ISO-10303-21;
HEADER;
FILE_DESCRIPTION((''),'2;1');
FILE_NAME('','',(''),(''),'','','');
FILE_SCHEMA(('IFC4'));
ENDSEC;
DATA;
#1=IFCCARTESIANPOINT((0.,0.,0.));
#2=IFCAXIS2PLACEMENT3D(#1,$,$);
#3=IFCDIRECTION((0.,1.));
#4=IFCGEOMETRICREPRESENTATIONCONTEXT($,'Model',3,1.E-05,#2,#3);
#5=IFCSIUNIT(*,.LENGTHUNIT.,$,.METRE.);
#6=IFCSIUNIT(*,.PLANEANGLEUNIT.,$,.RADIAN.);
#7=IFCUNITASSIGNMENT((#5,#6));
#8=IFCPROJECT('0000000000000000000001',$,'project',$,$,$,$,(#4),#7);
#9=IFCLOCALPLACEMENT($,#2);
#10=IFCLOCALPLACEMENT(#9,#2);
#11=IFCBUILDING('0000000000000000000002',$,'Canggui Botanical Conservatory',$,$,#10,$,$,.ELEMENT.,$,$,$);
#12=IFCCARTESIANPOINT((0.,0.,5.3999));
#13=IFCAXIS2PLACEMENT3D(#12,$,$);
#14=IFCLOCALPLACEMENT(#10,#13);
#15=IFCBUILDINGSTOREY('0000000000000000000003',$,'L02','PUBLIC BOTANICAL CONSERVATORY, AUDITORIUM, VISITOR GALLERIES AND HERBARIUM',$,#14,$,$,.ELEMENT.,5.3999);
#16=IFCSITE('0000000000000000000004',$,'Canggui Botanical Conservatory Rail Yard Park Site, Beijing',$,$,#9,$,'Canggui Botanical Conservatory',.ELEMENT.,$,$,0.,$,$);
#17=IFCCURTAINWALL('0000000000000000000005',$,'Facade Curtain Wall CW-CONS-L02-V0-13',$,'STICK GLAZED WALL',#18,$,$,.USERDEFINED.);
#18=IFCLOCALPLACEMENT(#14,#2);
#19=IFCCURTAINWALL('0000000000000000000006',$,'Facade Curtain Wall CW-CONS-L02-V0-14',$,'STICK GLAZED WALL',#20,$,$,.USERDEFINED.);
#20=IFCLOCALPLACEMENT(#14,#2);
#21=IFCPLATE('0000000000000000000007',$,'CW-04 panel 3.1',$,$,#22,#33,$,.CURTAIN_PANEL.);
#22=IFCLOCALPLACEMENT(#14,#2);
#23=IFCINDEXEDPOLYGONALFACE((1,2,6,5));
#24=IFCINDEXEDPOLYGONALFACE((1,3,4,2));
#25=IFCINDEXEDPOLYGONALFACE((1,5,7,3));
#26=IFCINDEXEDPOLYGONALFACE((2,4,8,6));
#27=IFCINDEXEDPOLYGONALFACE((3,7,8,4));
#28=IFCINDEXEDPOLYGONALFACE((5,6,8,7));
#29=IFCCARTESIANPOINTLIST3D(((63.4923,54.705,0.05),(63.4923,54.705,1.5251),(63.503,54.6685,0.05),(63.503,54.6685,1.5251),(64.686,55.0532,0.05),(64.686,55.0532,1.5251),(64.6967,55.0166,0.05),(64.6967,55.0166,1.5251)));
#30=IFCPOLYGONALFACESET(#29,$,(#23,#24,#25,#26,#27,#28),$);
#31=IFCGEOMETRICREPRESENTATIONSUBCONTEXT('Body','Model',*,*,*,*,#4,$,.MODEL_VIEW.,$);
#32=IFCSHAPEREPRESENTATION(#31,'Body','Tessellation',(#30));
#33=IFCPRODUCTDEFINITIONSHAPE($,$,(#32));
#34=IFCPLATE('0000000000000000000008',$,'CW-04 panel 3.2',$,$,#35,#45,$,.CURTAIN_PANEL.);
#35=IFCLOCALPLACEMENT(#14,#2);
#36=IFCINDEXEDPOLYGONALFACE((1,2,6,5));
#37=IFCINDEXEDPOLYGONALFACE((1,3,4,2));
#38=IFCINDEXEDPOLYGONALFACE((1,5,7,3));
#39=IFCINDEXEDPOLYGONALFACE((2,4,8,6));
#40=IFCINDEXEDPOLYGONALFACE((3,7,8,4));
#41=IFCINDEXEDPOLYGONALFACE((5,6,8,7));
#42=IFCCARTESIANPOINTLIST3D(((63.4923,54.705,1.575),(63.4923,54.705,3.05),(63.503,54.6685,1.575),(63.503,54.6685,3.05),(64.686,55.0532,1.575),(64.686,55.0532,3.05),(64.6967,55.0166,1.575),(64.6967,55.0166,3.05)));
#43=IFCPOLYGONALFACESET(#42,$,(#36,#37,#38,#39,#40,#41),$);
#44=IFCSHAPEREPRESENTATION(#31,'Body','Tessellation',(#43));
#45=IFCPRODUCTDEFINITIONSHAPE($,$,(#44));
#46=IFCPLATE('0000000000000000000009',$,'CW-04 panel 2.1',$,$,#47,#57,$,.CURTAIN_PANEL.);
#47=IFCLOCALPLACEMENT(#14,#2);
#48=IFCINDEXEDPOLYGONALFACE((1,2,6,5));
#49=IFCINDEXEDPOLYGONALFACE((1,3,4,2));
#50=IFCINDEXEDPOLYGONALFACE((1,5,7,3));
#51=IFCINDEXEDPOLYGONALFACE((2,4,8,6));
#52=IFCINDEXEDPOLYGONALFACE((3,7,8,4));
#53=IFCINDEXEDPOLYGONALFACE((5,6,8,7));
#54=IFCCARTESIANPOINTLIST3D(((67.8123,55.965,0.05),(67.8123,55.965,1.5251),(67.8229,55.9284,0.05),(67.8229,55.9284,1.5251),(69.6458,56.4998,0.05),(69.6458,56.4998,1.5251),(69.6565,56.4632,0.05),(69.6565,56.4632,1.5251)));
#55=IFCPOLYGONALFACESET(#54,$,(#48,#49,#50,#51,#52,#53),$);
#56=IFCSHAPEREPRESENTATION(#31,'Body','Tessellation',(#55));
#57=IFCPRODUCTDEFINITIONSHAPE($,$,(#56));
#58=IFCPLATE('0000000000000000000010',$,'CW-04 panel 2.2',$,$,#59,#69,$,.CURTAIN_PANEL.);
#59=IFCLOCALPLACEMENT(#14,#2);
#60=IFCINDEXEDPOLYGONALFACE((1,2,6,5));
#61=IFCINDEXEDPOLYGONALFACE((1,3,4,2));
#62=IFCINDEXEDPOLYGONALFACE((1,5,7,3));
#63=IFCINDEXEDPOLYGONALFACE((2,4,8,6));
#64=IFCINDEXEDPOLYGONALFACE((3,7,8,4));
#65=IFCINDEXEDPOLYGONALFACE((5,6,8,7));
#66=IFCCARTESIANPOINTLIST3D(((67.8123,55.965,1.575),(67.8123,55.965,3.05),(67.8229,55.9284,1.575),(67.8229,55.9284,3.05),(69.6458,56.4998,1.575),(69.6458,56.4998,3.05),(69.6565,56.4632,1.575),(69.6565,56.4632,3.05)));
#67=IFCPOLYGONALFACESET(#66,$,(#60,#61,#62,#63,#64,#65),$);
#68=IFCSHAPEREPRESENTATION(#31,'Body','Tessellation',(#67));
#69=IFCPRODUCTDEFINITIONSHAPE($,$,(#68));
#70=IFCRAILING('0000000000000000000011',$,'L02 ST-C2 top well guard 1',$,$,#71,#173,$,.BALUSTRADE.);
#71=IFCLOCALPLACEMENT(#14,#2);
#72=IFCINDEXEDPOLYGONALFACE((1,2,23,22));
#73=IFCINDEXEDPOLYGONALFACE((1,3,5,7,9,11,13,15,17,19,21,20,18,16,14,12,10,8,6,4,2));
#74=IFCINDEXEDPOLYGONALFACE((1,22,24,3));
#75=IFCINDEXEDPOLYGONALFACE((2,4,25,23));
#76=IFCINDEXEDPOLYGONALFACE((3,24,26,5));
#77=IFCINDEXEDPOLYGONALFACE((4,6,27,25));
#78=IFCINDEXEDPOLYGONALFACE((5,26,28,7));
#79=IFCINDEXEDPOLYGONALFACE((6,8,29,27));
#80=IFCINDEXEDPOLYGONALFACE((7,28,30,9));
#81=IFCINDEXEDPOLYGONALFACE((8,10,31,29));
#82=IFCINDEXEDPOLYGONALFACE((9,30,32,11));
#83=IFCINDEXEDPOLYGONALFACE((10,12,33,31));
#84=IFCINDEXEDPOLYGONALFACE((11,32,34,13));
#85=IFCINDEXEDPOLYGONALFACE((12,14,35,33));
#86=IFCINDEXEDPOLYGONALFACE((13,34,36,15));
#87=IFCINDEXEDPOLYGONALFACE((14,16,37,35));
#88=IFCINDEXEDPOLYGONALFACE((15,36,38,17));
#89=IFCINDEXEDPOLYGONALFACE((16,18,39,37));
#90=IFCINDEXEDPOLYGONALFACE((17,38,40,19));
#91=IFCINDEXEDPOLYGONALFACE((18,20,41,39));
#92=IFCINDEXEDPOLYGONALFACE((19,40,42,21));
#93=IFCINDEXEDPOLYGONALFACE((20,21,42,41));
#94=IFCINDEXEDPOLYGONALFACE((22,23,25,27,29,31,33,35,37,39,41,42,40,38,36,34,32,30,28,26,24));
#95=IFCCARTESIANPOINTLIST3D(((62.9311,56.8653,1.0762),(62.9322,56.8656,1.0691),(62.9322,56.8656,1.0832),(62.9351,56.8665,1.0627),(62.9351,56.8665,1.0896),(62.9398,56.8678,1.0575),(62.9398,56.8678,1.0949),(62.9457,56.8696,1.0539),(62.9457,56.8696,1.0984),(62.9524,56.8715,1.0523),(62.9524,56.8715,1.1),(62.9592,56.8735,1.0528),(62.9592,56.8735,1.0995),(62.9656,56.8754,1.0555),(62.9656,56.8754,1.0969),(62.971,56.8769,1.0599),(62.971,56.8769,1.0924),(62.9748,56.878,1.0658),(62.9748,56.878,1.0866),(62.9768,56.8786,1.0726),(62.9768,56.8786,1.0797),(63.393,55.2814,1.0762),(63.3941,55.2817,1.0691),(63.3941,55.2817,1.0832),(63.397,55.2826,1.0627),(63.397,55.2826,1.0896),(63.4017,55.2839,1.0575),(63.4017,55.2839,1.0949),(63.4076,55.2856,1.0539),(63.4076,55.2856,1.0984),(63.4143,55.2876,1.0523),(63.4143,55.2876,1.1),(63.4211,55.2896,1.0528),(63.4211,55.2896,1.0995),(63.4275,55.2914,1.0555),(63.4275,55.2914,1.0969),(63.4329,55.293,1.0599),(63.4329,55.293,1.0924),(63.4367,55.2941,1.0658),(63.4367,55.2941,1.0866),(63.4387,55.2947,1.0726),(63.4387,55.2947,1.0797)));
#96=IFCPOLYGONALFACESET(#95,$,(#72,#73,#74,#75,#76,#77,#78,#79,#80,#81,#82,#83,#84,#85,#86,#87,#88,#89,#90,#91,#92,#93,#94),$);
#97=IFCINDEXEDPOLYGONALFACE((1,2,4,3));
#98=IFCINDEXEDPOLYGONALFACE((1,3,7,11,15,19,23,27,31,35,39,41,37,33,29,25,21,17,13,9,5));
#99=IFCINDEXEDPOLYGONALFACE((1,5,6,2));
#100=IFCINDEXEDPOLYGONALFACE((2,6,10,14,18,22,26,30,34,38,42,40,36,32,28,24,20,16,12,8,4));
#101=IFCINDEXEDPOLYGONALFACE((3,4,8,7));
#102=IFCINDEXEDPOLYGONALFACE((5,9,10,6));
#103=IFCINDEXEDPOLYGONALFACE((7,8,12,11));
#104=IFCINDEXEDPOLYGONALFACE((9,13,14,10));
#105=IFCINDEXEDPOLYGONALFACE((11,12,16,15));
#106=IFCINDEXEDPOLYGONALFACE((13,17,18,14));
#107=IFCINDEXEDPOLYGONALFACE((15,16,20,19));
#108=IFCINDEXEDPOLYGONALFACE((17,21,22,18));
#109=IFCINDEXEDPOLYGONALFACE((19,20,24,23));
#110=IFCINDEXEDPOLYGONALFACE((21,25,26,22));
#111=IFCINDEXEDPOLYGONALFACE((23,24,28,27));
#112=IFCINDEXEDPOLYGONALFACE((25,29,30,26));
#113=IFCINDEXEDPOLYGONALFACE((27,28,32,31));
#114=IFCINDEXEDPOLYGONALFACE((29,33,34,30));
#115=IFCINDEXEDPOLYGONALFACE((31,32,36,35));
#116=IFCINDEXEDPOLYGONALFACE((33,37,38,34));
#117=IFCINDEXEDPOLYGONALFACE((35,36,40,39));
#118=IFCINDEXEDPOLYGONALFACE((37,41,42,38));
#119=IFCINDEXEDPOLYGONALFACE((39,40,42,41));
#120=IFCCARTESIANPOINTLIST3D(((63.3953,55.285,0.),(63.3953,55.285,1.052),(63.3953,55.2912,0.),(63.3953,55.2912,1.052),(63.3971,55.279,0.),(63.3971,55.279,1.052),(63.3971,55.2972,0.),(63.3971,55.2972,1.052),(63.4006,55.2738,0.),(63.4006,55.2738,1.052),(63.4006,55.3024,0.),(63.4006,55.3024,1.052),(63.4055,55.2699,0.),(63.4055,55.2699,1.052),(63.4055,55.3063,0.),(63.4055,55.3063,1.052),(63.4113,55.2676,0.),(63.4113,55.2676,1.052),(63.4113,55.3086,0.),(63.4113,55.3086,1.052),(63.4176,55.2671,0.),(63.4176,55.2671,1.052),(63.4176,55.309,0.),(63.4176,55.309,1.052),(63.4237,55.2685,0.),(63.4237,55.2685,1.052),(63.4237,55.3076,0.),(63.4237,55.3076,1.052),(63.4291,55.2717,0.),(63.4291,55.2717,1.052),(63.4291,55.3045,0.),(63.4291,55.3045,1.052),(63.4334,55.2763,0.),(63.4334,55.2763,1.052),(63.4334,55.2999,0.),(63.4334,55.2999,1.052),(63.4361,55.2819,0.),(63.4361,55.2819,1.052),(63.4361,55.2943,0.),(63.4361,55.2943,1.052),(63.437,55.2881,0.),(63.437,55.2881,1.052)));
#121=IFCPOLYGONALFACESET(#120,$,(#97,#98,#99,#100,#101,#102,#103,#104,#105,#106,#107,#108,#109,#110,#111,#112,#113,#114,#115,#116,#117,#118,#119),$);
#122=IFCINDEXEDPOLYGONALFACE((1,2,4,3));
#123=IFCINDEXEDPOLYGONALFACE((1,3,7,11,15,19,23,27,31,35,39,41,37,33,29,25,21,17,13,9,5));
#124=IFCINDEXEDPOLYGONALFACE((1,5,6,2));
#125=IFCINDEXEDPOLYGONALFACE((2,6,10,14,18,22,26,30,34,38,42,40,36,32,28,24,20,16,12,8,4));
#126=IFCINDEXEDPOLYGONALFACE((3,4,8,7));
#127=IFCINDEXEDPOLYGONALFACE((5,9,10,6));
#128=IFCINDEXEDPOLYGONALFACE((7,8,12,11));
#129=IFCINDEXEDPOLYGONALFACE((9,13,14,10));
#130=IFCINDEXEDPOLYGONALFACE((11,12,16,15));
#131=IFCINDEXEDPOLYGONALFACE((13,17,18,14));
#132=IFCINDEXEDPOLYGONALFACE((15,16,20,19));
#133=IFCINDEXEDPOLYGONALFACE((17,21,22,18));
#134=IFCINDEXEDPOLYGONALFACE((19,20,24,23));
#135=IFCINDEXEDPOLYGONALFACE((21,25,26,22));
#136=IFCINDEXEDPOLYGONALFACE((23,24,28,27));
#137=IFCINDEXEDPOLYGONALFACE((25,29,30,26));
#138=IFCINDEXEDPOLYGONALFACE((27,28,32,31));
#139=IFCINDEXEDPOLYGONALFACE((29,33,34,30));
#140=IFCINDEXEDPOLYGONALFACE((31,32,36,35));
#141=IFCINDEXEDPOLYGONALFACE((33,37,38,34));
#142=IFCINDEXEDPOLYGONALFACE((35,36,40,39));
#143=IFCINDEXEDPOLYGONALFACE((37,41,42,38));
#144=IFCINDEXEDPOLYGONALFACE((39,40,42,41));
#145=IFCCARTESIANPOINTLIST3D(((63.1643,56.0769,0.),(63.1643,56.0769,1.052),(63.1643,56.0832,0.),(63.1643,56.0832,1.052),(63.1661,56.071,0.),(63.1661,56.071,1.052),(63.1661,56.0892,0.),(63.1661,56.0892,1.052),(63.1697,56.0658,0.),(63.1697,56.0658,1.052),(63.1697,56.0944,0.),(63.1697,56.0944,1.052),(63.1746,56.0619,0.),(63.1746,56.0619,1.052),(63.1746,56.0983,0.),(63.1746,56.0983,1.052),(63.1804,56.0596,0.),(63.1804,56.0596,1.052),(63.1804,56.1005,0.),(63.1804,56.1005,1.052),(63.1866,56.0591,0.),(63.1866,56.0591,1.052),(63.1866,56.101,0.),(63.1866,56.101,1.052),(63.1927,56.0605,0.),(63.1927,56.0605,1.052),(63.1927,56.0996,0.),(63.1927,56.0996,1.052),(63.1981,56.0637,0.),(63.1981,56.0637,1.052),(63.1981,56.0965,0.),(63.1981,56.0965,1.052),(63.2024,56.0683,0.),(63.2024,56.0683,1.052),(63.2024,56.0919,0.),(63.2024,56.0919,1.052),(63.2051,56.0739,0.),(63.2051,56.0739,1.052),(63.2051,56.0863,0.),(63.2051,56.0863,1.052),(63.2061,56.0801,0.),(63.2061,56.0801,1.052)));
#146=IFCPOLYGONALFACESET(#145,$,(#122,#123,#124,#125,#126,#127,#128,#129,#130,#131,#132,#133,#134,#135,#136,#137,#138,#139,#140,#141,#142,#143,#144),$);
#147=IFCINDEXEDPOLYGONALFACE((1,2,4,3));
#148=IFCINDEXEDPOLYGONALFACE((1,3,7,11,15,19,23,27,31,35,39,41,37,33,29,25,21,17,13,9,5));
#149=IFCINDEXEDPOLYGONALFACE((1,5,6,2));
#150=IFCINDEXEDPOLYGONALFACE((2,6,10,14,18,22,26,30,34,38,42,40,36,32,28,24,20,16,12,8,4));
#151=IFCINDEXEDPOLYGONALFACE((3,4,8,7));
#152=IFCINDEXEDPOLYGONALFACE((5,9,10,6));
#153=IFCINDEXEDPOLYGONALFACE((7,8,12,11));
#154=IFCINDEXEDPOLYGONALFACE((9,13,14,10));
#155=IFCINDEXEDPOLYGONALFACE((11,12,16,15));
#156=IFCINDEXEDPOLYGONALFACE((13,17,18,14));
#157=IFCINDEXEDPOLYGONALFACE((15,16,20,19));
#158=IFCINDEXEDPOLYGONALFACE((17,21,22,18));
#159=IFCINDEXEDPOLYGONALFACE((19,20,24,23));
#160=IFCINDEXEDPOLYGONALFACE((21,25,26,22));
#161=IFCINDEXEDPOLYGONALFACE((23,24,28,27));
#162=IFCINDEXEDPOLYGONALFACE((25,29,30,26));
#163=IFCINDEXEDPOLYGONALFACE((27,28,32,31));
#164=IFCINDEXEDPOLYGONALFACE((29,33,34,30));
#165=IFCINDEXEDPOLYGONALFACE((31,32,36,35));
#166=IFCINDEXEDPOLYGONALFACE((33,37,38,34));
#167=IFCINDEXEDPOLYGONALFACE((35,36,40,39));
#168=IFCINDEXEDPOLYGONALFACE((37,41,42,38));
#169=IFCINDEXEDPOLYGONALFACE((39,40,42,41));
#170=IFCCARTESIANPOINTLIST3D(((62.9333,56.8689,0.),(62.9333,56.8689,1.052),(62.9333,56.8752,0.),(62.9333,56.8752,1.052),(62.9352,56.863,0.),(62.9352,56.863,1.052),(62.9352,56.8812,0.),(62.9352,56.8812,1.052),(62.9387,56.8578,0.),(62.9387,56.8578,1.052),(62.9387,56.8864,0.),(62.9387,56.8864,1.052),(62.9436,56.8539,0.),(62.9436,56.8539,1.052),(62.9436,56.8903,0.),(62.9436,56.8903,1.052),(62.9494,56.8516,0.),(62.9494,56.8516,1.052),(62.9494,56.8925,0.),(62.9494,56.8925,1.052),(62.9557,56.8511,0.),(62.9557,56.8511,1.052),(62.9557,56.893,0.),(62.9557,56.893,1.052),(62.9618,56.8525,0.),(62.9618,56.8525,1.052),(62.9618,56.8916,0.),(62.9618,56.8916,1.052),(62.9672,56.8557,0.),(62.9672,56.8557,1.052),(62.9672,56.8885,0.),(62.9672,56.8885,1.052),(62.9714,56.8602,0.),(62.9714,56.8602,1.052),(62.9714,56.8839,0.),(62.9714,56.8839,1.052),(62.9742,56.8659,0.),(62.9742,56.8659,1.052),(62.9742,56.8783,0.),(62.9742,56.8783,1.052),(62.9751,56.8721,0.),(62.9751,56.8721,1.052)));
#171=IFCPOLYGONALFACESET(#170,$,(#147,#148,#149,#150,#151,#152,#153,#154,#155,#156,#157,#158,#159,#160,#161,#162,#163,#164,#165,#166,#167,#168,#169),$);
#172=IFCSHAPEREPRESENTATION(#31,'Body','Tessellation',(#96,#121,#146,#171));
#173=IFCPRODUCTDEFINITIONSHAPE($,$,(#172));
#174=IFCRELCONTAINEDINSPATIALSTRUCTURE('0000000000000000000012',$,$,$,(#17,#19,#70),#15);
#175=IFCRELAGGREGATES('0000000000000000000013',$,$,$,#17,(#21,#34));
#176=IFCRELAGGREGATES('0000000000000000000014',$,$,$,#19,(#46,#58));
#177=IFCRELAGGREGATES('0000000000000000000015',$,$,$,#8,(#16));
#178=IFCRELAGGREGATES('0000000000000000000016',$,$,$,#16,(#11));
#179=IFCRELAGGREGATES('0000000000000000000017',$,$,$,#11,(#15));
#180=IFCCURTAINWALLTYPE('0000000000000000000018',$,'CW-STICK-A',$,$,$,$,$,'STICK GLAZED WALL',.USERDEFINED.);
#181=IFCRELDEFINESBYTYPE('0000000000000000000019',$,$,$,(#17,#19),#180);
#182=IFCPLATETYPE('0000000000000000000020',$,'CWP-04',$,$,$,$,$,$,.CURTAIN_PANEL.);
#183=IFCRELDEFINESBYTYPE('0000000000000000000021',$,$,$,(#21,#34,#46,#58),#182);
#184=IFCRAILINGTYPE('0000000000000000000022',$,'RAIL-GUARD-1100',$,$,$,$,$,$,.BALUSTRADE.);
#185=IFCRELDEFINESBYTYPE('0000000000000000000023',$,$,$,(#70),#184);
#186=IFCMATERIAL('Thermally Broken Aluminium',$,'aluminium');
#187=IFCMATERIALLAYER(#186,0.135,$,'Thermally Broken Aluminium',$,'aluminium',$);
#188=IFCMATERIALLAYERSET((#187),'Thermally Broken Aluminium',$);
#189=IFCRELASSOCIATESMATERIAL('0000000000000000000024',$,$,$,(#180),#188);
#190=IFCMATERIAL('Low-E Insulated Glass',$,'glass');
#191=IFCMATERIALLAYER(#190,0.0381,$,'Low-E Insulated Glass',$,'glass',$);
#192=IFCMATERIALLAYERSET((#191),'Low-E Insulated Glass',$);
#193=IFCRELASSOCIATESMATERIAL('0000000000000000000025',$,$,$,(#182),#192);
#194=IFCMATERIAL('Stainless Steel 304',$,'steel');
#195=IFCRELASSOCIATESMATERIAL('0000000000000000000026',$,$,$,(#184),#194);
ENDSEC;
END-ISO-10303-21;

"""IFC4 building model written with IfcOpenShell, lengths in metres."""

from ifc_helpers import new_model, si_unit, direction, frame, origin, origin_2d, place, context, subcontext, project, spatial, rectangle, circle, extrude, material, layer, layer_set, type_object, element, aggregate, save


model = new_model("IFC4")

# Units and contexts
model_context = context("Model", 3, precision=1e-05, world=origin(), true_north=direction((0.0, 1.0)))
body_context = subcontext(model_context, "Body", "Model", "MODEL_VIEW")
ifc_project = project(units=[si_unit("LENGTHUNIT", "METRE"), si_unit("PLANEANGLEUNIT", "RADIAN")], contexts=[model_context])

# Site, building, storey
site_placement = place(None, origin())
site = spatial("IfcSite", under=ifc_project, at=site_placement, Name="Canggui Botanical Conservatory Rail Yard Park Site, Beijing", LongName="Canggui Botanical Conservatory", CompositionType="ELEMENT", RefElevation=0.0)
building_placement = place(site_placement, origin())
building = spatial("IfcBuilding", under=site, at=building_placement, Name="Canggui Botanical Conservatory", CompositionType="ELEMENT")
storey_placement = place(building_placement, frame((0.0, 0.0, 5.3999)))
storey = spatial("IfcBuildingStorey", under=building, at=storey_placement, Name="L02", Description="PUBLIC BOTANICAL CONSERVATORY, AUDITORIUM, VISITOR GALLERIES AND HERBARIUM", CompositionType="ELEMENT", Elevation=5.3999)

# Shared definitions
ifc_material_1 = material(Name="Thermally Broken Aluminium", Category="aluminium")
ifc_layer_1 = layer(ifc_material_1, 0.135, Name="Thermally Broken Aluminium", Category="aluminium")
ifc_layer_set_1 = layer_set([ifc_layer_1], Name="Thermally Broken Aluminium")
curtain_wall_type = type_object("IfcCurtainWallType", Name="CW-STICK-A", ElementType="STICK GLAZED WALL", PredefinedType="USERDEFINED", material=ifc_layer_set_1)

# Curtain wall
curtain_wall_1_placement = place(storey_placement, origin())
curtain_wall_1 = element("IfcCurtainWall", 1, at=curtain_wall_1_placement, inside=storey, type_object=curtain_wall_type, Name="Facade Curtain Wall CW-CONS-L02-V0-13", ObjectType="STICK GLAZED WALL", PredefinedType="USERDEFINED")

# Curtain wall
curtain_wall_2_placement = place(storey_placement, origin())
curtain_wall_2 = element("IfcCurtainWall", 2, at=curtain_wall_2_placement, inside=storey, type_object=curtain_wall_type, Name="Facade Curtain Wall CW-CONS-L02-V0-14", ObjectType="STICK GLAZED WALL", PredefinedType="USERDEFINED")

# Plates
ifc_material_2 = material(Name="Low-E Insulated Glass", Category="glass")
ifc_layer_2 = layer(ifc_material_2, 0.0381, Name="Low-E Insulated Glass", Category="glass")
ifc_layer_set_2 = layer_set([ifc_layer_2], Name="Low-E Insulated Glass")
plate_type = type_object("IfcPlateType", Name="CWP-04", PredefinedType="CURTAIN_PANEL", material=ifc_layer_set_2)
plate_1_placement = place(storey_placement, frame((64.0945, 54.8608, 0.05), z_axis=(0.0, 0.0, 1.0), x_axis=(-0.96, -0.28, 0.0)))
plate_1 = element("IfcPlate", 3, at=plate_1_placement, type_object=plate_type, Name="CW-04 panel 3.1", PredefinedType="CURTAIN_PANEL", context=body_context, shape_type="SweptSolid", body=[
    extrude(rectangle(XDim=1.2434, YDim=0.0381, at=origin_2d()), origin(), (0.0, 0.0, 1.0), 1.4751),
])
plate_2_placement = place(storey_placement, frame((64.0945, 54.8608, 1.575), z_axis=(0.0, 0.0, 1.0), x_axis=(-0.96, -0.28, 0.0)))
plate_2 = element("IfcPlate", 4, at=plate_2_placement, type_object=plate_type, Name="CW-04 panel 3.2", PredefinedType="CURTAIN_PANEL", context=body_context, shape_type="SweptSolid", body=[
    extrude(rectangle(XDim=1.2434, YDim=0.0381, at=origin_2d()), origin(), (0.0, 0.0, 1.0), 1.4751),
])
aggregate(curtain_wall_1, [plate_1, plate_2])
plate_3_placement = place(storey_placement, frame((68.7344, 56.2141, 0.05), z_axis=(0.0, 0.0, 1.0), x_axis=(-0.96, -0.28, 0.0)))
plate_3 = element("IfcPlate", 5, at=plate_3_placement, type_object=plate_type, Name="CW-04 panel 2.1", PredefinedType="CURTAIN_PANEL", context=body_context, shape_type="SweptSolid", body=[
    extrude(rectangle(XDim=1.9099, YDim=0.0381, at=origin_2d()), origin(), (0.0, 0.0, 1.0), 1.4751),
])
plate_4_placement = place(storey_placement, frame((68.7344, 56.2141, 1.575), z_axis=(0.0, 0.0, 1.0), x_axis=(-0.96, -0.28, 0.0)))
plate_4 = element("IfcPlate", 6, at=plate_4_placement, type_object=plate_type, Name="CW-04 panel 2.2", PredefinedType="CURTAIN_PANEL", context=body_context, shape_type="SweptSolid", body=[
    extrude(rectangle(XDim=1.9099, YDim=0.0381, at=origin_2d()), origin(), (0.0, 0.0, 1.0), 1.4751),
])
aggregate(curtain_wall_2, [plate_3, plate_4])

# Railing
ifc_material_3 = material(Name="Stainless Steel 304", Category="steel")
railing_type = type_object("IfcRailingType", Name="RAIL-GUARD-1100", PredefinedType="BALUSTRADE", material=ifc_material_3)
railing_1_placement = place(storey_placement, frame((63.416, 55.2881, 0.0)))
element("IfcRailing", 7, at=railing_1_placement, inside=storey, type_object=railing_type, Name="L02 ST-C2 top well guard 1", PredefinedType="BALUSTRADE", context=body_context, shape_type="SweptSolid", body=[
    extrude(circle(Radius=0.0239, at=origin_2d()), frame((0.0, 0.0, 1.0762), z_axis=(-0.279955, 0.960013, 0.0), x_axis=(-0.960013, -0.279955, 0.0)), (0.0, 0.0, 1.0), 1.6499),
    extrude(circle(Radius=0.021, at=origin_2d()), origin(), (0.0, 0.0, 1.0), 1.052),
    extrude(circle(Radius=0.021, at=origin_2d()), frame((-0.231, 0.792, 0.0)), (0.0, 0.0, 1.0), 1.052),
    extrude(circle(Radius=0.021, at=origin_2d()), frame((-0.4619, 1.584, 0.0)), (0.0, 0.0, 1.0), 1.052),
])

save(model, "model.ifc")
